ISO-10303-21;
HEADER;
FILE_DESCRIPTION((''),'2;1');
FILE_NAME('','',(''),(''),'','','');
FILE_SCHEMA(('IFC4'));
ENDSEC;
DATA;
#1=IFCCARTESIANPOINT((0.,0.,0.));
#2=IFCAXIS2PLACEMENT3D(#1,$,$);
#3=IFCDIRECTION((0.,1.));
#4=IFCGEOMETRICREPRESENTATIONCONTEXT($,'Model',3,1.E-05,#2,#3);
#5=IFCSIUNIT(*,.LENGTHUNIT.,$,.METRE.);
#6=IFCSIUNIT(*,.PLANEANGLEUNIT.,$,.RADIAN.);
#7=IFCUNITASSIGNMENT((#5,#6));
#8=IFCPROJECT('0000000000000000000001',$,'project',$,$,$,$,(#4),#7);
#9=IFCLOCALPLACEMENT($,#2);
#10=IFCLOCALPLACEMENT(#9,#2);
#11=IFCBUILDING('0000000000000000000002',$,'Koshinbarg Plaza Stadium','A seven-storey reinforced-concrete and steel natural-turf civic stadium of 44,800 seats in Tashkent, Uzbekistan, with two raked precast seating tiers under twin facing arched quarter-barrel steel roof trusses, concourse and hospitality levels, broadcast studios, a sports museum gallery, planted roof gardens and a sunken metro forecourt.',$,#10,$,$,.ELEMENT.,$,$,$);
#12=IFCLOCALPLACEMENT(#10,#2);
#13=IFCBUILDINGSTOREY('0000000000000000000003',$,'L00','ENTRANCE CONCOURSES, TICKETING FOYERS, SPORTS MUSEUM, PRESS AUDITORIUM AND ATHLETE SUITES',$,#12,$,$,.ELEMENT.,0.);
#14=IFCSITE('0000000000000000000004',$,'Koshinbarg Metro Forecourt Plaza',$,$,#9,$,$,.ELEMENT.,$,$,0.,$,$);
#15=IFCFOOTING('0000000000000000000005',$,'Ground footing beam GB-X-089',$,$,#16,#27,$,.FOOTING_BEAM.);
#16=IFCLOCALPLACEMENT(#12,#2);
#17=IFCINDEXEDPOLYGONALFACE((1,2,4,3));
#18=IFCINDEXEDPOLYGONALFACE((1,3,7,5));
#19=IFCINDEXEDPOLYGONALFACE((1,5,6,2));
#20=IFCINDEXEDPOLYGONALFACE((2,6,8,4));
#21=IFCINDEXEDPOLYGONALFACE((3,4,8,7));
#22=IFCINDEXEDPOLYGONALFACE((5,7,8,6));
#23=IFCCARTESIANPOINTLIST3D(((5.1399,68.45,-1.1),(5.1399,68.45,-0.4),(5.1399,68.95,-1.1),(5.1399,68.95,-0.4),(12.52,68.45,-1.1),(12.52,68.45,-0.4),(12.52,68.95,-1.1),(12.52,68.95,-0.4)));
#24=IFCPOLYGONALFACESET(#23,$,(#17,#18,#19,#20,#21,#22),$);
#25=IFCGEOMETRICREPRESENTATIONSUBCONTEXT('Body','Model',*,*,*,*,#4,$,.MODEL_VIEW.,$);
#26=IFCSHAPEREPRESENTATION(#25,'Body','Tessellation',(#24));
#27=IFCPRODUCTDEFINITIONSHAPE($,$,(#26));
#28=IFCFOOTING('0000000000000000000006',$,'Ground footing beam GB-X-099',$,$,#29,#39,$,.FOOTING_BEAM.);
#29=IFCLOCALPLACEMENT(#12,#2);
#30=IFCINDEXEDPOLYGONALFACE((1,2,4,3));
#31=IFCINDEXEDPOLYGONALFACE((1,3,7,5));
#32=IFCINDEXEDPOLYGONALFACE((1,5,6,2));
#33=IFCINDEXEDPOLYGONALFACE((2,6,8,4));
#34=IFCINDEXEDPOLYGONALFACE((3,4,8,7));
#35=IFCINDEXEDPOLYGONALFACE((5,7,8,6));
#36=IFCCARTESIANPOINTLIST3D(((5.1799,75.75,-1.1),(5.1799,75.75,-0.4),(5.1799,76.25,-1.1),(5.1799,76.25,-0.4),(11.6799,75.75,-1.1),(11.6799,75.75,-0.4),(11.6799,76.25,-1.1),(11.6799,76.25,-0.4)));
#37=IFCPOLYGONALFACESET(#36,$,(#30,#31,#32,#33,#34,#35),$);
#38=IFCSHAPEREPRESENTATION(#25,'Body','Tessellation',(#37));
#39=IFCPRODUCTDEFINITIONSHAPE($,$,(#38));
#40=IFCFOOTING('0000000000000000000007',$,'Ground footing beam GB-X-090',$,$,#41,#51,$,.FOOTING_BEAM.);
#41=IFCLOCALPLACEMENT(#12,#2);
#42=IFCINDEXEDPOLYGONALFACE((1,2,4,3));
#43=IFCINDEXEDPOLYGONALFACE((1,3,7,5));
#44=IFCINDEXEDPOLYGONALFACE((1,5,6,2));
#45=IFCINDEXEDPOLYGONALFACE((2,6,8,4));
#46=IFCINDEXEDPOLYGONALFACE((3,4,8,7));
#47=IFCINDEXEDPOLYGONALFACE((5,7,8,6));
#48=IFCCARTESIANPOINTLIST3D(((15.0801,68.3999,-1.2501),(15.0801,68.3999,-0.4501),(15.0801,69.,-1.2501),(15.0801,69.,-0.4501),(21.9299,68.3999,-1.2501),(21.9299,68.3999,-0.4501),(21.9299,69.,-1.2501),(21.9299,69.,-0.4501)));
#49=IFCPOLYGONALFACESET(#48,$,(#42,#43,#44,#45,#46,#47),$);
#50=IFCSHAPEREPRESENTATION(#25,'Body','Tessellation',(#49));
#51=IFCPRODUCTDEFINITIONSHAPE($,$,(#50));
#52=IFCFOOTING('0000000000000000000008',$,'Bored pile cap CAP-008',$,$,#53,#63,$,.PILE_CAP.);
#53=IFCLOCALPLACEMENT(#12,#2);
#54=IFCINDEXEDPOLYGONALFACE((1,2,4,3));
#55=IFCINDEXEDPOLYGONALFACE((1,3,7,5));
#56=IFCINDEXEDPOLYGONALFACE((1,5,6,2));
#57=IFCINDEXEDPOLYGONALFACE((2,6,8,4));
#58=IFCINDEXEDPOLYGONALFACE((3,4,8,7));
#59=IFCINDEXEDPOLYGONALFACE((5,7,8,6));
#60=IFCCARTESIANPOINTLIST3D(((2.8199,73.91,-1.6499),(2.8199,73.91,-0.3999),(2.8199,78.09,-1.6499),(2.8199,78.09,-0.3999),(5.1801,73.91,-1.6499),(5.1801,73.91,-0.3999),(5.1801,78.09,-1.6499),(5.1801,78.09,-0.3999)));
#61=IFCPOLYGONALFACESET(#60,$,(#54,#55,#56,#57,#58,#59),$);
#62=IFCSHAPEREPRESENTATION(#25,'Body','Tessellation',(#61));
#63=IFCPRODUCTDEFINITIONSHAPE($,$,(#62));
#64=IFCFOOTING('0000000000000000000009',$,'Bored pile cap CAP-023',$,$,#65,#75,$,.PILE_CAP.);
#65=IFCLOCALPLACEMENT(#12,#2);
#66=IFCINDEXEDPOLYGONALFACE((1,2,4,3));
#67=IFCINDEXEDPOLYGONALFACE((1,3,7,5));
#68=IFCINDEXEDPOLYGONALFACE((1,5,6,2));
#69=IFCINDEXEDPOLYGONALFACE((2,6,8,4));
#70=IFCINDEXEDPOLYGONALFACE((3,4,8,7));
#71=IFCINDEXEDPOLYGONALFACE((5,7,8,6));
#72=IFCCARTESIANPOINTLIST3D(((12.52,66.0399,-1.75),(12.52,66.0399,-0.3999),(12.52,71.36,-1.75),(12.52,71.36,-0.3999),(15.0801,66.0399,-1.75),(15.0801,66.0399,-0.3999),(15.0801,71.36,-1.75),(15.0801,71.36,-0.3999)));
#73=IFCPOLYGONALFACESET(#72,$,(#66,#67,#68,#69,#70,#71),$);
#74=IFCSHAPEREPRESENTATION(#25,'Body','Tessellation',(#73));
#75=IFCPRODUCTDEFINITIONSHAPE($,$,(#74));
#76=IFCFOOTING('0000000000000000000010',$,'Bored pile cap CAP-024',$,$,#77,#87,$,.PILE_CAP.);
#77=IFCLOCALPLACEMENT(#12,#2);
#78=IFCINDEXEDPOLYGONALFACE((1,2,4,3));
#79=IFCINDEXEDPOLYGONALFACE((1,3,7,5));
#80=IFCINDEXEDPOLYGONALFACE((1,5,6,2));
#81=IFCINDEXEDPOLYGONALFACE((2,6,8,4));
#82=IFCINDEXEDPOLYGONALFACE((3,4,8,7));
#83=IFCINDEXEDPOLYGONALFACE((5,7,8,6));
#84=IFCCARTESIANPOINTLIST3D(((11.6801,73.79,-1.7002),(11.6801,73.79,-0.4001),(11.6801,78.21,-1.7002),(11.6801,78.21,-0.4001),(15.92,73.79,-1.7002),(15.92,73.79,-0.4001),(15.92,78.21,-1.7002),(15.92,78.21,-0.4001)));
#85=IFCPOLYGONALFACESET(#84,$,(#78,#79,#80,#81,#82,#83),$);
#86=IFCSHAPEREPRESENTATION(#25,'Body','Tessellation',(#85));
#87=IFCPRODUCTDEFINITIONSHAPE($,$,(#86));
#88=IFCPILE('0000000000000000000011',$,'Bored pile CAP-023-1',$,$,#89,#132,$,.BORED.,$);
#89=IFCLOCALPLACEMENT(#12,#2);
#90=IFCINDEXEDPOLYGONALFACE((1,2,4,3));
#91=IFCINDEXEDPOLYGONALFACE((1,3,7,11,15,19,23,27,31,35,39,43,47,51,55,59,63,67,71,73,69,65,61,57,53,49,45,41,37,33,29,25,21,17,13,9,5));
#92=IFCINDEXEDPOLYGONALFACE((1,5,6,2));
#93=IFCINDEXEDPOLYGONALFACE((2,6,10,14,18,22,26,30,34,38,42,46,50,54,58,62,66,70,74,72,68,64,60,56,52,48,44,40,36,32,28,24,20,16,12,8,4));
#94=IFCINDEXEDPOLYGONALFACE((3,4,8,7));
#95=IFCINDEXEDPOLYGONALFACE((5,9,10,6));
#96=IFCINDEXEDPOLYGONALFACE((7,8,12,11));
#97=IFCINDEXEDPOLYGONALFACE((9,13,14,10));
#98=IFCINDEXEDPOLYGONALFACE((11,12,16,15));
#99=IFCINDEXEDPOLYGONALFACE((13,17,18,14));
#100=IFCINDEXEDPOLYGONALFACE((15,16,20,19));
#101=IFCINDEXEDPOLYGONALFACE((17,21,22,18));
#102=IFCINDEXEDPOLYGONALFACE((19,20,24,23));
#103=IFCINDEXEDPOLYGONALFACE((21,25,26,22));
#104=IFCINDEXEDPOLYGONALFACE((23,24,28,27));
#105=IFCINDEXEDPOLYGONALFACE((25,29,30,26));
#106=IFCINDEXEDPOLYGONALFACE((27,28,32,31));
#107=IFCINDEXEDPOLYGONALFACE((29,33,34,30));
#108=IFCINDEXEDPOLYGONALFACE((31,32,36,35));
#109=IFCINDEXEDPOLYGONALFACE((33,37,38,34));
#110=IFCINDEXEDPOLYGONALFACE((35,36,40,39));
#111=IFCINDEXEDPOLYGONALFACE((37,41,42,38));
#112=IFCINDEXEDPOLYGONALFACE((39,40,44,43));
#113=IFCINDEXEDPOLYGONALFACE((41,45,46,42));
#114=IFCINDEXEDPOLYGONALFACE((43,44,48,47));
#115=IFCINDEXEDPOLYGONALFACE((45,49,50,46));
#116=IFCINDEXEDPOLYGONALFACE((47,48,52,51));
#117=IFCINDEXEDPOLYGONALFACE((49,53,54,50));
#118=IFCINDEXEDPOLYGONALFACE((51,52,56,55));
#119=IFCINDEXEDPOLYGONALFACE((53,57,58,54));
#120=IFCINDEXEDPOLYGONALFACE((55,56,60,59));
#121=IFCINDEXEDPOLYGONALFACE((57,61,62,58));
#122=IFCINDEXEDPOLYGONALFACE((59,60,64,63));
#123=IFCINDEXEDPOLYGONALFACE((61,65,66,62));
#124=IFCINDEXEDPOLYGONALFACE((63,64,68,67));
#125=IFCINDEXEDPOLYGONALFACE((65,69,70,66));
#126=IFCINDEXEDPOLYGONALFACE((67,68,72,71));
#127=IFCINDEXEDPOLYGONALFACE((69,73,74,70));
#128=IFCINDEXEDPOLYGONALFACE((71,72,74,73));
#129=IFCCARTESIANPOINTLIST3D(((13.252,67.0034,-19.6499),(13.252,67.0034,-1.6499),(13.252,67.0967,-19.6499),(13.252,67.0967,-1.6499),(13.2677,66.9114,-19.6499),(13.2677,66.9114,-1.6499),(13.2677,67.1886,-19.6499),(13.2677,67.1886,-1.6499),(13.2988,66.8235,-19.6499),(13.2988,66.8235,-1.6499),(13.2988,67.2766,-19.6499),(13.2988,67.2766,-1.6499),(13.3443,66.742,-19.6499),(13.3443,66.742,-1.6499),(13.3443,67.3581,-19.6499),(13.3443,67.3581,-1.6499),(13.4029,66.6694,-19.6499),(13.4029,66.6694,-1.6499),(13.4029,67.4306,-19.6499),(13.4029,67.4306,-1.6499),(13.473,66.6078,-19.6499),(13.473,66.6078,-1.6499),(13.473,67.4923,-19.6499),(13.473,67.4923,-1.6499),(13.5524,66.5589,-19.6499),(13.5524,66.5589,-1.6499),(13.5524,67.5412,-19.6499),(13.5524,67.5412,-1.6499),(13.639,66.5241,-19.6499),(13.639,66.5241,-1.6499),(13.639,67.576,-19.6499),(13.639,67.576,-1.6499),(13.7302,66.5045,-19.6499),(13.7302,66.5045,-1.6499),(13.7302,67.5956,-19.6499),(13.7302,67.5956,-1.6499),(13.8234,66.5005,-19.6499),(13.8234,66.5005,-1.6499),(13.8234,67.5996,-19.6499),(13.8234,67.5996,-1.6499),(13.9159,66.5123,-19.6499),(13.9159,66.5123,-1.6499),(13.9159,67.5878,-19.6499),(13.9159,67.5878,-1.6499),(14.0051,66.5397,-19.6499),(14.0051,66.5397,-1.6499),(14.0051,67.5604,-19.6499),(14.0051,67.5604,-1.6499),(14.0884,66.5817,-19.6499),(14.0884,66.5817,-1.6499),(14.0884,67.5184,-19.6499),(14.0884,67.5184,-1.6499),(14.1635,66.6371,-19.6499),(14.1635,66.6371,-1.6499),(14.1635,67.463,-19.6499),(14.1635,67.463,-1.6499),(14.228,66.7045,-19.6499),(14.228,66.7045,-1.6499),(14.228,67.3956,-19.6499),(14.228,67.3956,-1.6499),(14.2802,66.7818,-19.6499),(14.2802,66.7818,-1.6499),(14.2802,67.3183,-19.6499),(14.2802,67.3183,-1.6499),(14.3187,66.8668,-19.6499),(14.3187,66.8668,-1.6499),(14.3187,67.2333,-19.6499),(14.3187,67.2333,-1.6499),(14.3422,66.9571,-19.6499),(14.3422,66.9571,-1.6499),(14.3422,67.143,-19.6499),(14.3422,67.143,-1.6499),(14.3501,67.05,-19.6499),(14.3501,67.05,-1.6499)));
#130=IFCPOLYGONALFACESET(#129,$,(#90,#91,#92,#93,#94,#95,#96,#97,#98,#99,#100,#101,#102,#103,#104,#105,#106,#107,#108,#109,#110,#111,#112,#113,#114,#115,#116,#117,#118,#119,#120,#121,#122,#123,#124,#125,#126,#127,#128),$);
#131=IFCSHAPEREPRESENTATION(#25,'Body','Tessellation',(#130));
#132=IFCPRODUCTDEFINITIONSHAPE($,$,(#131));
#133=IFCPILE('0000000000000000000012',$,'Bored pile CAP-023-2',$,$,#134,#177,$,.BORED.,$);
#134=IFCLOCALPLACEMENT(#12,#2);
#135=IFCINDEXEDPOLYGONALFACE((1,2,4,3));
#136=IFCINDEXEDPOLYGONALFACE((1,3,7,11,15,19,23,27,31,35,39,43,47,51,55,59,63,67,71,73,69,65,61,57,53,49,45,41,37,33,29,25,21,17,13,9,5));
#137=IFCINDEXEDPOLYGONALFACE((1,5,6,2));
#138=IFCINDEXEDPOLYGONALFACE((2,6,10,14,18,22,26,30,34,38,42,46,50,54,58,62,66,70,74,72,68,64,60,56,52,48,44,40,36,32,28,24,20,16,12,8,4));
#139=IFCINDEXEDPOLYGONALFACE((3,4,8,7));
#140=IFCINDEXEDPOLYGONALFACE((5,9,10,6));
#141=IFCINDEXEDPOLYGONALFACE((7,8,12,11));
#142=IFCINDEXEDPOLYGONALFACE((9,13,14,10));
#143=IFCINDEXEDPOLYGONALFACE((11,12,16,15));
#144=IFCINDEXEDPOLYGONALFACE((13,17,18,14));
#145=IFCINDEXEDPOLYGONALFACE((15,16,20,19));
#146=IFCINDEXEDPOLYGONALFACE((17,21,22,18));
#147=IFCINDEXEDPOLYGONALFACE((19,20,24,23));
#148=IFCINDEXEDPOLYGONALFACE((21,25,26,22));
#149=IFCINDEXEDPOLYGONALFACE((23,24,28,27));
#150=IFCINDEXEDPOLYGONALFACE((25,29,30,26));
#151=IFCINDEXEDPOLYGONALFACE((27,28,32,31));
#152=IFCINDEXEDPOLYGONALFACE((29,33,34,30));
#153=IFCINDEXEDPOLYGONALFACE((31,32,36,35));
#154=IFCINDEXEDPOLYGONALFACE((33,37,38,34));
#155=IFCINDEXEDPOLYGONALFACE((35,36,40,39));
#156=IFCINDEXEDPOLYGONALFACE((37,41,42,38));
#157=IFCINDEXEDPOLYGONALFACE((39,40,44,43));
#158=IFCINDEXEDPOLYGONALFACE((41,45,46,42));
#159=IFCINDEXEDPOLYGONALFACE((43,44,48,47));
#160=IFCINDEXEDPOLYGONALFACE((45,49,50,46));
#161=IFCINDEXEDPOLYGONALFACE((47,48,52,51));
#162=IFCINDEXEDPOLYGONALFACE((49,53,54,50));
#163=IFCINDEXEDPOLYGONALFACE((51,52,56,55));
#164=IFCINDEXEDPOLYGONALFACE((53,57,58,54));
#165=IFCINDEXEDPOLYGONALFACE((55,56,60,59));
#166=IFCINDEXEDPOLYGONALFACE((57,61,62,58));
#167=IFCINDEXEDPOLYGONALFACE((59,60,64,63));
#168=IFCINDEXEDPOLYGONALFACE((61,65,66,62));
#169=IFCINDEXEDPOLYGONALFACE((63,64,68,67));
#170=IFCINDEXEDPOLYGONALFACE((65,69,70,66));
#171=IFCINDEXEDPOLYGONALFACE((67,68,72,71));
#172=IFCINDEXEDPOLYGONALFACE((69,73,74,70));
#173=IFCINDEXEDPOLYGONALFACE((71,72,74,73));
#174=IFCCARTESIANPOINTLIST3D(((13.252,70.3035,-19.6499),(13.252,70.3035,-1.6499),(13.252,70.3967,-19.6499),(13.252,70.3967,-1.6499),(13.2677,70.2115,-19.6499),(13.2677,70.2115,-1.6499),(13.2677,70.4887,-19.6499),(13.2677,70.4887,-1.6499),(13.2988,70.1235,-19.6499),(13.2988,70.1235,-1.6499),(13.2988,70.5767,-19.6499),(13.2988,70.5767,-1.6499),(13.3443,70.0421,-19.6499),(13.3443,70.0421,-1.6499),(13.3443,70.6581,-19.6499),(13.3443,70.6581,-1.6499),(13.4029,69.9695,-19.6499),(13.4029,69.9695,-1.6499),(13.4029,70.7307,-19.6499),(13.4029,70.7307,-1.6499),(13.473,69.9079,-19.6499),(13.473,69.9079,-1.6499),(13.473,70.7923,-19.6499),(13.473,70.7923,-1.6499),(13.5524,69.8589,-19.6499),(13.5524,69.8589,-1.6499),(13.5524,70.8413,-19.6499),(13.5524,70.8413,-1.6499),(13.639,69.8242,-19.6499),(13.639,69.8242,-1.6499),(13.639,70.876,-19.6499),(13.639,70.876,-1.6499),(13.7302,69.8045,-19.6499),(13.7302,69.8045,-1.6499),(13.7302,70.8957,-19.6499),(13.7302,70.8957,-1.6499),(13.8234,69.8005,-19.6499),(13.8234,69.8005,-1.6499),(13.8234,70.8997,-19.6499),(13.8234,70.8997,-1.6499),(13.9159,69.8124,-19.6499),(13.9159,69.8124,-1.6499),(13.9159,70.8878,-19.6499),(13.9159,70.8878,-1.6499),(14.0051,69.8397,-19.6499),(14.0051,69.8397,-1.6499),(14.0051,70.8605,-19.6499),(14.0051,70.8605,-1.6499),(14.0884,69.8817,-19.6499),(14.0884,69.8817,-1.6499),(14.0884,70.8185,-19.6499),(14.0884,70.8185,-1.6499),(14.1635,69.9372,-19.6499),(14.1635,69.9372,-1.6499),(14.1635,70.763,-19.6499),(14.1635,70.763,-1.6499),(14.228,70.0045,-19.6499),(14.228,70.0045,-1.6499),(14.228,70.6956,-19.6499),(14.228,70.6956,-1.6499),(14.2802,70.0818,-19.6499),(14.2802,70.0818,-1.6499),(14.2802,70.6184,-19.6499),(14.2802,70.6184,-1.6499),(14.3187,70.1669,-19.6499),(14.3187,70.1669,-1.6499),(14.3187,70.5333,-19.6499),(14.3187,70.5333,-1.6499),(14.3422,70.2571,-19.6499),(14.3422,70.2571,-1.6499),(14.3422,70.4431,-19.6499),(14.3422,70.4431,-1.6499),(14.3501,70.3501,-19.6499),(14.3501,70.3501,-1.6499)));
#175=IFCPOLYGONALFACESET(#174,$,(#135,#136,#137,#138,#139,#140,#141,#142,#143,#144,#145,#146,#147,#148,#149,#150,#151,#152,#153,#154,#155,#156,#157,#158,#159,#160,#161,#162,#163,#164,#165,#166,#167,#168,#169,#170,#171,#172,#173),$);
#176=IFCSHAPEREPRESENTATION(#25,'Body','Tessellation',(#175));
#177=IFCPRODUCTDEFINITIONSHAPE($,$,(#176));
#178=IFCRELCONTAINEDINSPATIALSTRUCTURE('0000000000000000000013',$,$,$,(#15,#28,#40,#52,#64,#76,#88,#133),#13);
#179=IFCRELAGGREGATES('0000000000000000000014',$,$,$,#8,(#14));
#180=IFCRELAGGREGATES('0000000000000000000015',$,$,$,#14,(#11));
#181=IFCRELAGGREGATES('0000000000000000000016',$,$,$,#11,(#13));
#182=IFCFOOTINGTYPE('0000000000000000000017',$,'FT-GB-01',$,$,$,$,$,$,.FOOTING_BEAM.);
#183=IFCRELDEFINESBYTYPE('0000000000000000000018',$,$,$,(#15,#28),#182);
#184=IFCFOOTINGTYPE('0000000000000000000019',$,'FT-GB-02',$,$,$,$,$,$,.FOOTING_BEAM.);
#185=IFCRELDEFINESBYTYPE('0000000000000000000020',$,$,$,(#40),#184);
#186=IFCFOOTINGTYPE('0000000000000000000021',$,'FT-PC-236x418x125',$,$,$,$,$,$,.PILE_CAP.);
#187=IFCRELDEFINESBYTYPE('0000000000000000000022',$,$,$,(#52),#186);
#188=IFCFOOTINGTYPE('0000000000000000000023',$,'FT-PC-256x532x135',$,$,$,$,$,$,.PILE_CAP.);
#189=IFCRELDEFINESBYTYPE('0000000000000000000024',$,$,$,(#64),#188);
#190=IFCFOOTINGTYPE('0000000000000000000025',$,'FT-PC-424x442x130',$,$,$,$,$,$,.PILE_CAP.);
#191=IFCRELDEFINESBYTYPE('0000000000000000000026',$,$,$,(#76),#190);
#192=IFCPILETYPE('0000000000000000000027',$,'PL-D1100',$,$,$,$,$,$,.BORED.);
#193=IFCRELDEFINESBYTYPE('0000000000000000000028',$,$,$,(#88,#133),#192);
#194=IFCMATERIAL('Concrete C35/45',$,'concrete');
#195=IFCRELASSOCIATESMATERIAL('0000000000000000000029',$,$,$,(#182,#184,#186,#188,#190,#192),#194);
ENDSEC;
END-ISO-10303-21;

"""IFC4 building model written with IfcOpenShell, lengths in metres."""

from ifc_helpers import new_model, si_unit, direction, frame, origin, origin_2d, place, context, subcontext, project, spatial, rectangle, circle, extrude, material, material_profile, profile_set, type_object, element, save


model = new_model("IFC4")

# Units and contexts
model_context = context("Model", 3, precision=1e-05, world=origin(), true_north=direction((0.0, 1.0)))
body_context = subcontext(model_context, "Body", "Model", "MODEL_VIEW")
ifc_project = project(units=[si_unit("LENGTHUNIT", "METRE"), si_unit("PLANEANGLEUNIT", "RADIAN")], contexts=[model_context])

# Site, building, storey
site_placement = place(None, origin())
site = spatial("IfcSite", under=ifc_project, at=site_placement, Name="Koshinbarg Metro Forecourt Plaza", CompositionType="ELEMENT", RefElevation=0.0)
building_placement = place(site_placement, origin())
building = spatial("IfcBuilding", under=site, at=building_placement, Name="Koshinbarg Plaza Stadium", Description="A seven-storey reinforced-concrete and steel natural-turf civic stadium of 44,800 seats in Tashkent, Uzbekistan, with two raked precast seating tiers under twin facing arched quarter-barrel steel roof trusses, concourse and hospitality levels, broadcast studios, a sports museum gallery, planted roof gardens and a sunken metro forecourt.", CompositionType="ELEMENT")
storey_placement = place(building_placement, origin())
storey = spatial("IfcBuildingStorey", under=building, at=storey_placement, Name="L00", Description="ENTRANCE CONCOURSES, TICKETING FOYERS, SPORTS MUSEUM, PRESS AUDITORIUM AND ATHLETE SUITES", CompositionType="ELEMENT", Elevation=0.0)

# Footings
ifc_material_1 = material(Name="Concrete C35/45", Category="concrete")
ifc_material_profile_1 = material_profile(ifc_material_1, rectangle(XDim=0.5, YDim=0.7, at=origin_2d()), Name="GB 500x700")
ifc_profile_set_1 = profile_set([ifc_material_profile_1], Name="Concrete C35/45")
footing_type_1 = type_object("IfcFootingType", Name="FT-GB-01", PredefinedType="FOOTING_BEAM", material=ifc_profile_set_1)
footing_1_placement = place(storey_placement, frame((5.1399, 68.7, -0.75), z_axis=(1.0, 0.0, 0.0), x_axis=(0.0, 1.0, 0.0)))
element("IfcFooting", 1, at=footing_1_placement, inside=storey, type_object=footing_type_1, Name="Ground footing beam GB-X-089", PredefinedType="FOOTING_BEAM", context=body_context, shape_type="SweptSolid", body=[
    extrude(rectangle(XDim=0.5, YDim=0.7, at=origin_2d()), origin(), (0.0, 0.0, 1.0), 7.3801),
])
footing_2_placement = place(storey_placement, frame((5.1799, 76.0, -0.75), z_axis=(1.0, 0.0, 0.0), x_axis=(0.0, 1.0, 0.0)))
element("IfcFooting", 2, at=footing_2_placement, inside=storey, type_object=footing_type_1, Name="Ground footing beam GB-X-099", PredefinedType="FOOTING_BEAM", context=body_context, shape_type="SweptSolid", body=[
    extrude(rectangle(XDim=0.5, YDim=0.7, at=origin_2d()), origin(), (0.0, 0.0, 1.0), 6.5),
])
ifc_material_profile_2 = material_profile(ifc_material_1, rectangle(XDim=0.6001, YDim=0.8, at=origin_2d()), Name="GB 600x800")
ifc_profile_set_2 = profile_set([ifc_material_profile_2], Name="Concrete C35/45")
footing_type_2 = type_object("IfcFootingType", Name="FT-GB-02", PredefinedType="FOOTING_BEAM", material=ifc_profile_set_2)
footing_3_placement = place(storey_placement, frame((15.0801, 68.7, -0.8501), z_axis=(1.0, 0.0, 0.0), x_axis=(0.0, 1.0, 0.0)))
element("IfcFooting", 3, at=footing_3_placement, inside=storey, type_object=footing_type_2, Name="Ground footing beam GB-X-090", PredefinedType="FOOTING_BEAM", context=body_context, shape_type="SweptSolid", body=[
    extrude(rectangle(XDim=0.6001, YDim=0.8, at=origin_2d()), origin(), (0.0, 0.0, 1.0), 6.8499),
])
footing_type_3 = type_object("IfcFootingType", Name="FT-PC-236x418x125", PredefinedType="PILE_CAP", material=ifc_material_1)
footing_4_placement = place(storey_placement, frame((4.0, 76.0, -1.6499), z_axis=(0.0, 0.0, 1.0), x_axis=(1.0, 0.0, 0.0)))
element("IfcFooting", 4, at=footing_4_placement, inside=storey, type_object=footing_type_3, Name="Bored pile cap CAP-008", PredefinedType="PILE_CAP", context=body_context, shape_type="SweptSolid", body=[
    extrude(rectangle(XDim=2.3601, YDim=4.1799, at=origin_2d()), origin(), (0.0, 0.0, 1.0), 1.25),
])
footing_type_4 = type_object("IfcFootingType", Name="FT-PC-256x532x135", PredefinedType="PILE_CAP", material=ifc_material_1)
footing_5_placement = place(storey_placement, frame((13.8, 68.7, -1.75), z_axis=(0.0, 0.0, 1.0), x_axis=(1.0, 0.0, 0.0)))
element("IfcFooting", 5, at=footing_5_placement, inside=storey, type_object=footing_type_4, Name="Bored pile cap CAP-023", PredefinedType="PILE_CAP", context=body_context, shape_type="SweptSolid", body=[
    extrude(rectangle(XDim=2.5601, YDim=5.3201, at=origin_2d()), origin(), (0.0, 0.0, 1.0), 1.3501),
])
footing_type_5 = type_object("IfcFootingType", Name="FT-PC-424x442x130", PredefinedType="PILE_CAP", material=ifc_material_1)
footing_6_placement = place(storey_placement, frame((13.8, 76.0, -1.7002), z_axis=(0.0, 0.0, 1.0), x_axis=(1.0, 0.0, 0.0)))
element("IfcFooting", 6, at=footing_6_placement, inside=storey, type_object=footing_type_5, Name="Bored pile cap CAP-024", PredefinedType="PILE_CAP", context=body_context, shape_type="SweptSolid", body=[
    extrude(rectangle(XDim=4.24, YDim=4.4199, at=origin_2d()), origin(), (0.0, 0.0, 1.0), 1.3),
])

# Piles
ifc_material_profile_3 = material_profile(ifc_material_1, circle(Radius=0.55, at=origin_2d()), Name="PILE D1100")
ifc_profile_set_3 = profile_set([ifc_material_profile_3], Name="Concrete C35/45")
pile_type_1 = type_object("IfcPileType", Name="PL-D1100", PredefinedType="BORED", material=ifc_profile_set_3)
for number, where, z_axis, x_axis, name in (
    (7, (13.8, 67.05, -1.6499), (0.0, 0.0, -1.0), (1.0, 0.0, 0.0), "Bored pile CAP-023-1"),
    (8, (13.8, 70.3501, -1.6499), (0.0, 0.0, -1.0), (1.0, 0.0, 0.0), "Bored pile CAP-023-2"),
):
    element("IfcPile", number, at=place(storey_placement, frame(where, z_axis=z_axis, x_axis=x_axis)), inside=storey, type_object=pile_type_1, Name=name, PredefinedType="BORED", context=body_context, shape_type="SweptSolid", body=[
        extrude(circle(Radius=0.55, at=origin_2d()), origin(), (0.0, 0.0, 1.0), 18.0),
    ])

save(model, "model.ifc")
